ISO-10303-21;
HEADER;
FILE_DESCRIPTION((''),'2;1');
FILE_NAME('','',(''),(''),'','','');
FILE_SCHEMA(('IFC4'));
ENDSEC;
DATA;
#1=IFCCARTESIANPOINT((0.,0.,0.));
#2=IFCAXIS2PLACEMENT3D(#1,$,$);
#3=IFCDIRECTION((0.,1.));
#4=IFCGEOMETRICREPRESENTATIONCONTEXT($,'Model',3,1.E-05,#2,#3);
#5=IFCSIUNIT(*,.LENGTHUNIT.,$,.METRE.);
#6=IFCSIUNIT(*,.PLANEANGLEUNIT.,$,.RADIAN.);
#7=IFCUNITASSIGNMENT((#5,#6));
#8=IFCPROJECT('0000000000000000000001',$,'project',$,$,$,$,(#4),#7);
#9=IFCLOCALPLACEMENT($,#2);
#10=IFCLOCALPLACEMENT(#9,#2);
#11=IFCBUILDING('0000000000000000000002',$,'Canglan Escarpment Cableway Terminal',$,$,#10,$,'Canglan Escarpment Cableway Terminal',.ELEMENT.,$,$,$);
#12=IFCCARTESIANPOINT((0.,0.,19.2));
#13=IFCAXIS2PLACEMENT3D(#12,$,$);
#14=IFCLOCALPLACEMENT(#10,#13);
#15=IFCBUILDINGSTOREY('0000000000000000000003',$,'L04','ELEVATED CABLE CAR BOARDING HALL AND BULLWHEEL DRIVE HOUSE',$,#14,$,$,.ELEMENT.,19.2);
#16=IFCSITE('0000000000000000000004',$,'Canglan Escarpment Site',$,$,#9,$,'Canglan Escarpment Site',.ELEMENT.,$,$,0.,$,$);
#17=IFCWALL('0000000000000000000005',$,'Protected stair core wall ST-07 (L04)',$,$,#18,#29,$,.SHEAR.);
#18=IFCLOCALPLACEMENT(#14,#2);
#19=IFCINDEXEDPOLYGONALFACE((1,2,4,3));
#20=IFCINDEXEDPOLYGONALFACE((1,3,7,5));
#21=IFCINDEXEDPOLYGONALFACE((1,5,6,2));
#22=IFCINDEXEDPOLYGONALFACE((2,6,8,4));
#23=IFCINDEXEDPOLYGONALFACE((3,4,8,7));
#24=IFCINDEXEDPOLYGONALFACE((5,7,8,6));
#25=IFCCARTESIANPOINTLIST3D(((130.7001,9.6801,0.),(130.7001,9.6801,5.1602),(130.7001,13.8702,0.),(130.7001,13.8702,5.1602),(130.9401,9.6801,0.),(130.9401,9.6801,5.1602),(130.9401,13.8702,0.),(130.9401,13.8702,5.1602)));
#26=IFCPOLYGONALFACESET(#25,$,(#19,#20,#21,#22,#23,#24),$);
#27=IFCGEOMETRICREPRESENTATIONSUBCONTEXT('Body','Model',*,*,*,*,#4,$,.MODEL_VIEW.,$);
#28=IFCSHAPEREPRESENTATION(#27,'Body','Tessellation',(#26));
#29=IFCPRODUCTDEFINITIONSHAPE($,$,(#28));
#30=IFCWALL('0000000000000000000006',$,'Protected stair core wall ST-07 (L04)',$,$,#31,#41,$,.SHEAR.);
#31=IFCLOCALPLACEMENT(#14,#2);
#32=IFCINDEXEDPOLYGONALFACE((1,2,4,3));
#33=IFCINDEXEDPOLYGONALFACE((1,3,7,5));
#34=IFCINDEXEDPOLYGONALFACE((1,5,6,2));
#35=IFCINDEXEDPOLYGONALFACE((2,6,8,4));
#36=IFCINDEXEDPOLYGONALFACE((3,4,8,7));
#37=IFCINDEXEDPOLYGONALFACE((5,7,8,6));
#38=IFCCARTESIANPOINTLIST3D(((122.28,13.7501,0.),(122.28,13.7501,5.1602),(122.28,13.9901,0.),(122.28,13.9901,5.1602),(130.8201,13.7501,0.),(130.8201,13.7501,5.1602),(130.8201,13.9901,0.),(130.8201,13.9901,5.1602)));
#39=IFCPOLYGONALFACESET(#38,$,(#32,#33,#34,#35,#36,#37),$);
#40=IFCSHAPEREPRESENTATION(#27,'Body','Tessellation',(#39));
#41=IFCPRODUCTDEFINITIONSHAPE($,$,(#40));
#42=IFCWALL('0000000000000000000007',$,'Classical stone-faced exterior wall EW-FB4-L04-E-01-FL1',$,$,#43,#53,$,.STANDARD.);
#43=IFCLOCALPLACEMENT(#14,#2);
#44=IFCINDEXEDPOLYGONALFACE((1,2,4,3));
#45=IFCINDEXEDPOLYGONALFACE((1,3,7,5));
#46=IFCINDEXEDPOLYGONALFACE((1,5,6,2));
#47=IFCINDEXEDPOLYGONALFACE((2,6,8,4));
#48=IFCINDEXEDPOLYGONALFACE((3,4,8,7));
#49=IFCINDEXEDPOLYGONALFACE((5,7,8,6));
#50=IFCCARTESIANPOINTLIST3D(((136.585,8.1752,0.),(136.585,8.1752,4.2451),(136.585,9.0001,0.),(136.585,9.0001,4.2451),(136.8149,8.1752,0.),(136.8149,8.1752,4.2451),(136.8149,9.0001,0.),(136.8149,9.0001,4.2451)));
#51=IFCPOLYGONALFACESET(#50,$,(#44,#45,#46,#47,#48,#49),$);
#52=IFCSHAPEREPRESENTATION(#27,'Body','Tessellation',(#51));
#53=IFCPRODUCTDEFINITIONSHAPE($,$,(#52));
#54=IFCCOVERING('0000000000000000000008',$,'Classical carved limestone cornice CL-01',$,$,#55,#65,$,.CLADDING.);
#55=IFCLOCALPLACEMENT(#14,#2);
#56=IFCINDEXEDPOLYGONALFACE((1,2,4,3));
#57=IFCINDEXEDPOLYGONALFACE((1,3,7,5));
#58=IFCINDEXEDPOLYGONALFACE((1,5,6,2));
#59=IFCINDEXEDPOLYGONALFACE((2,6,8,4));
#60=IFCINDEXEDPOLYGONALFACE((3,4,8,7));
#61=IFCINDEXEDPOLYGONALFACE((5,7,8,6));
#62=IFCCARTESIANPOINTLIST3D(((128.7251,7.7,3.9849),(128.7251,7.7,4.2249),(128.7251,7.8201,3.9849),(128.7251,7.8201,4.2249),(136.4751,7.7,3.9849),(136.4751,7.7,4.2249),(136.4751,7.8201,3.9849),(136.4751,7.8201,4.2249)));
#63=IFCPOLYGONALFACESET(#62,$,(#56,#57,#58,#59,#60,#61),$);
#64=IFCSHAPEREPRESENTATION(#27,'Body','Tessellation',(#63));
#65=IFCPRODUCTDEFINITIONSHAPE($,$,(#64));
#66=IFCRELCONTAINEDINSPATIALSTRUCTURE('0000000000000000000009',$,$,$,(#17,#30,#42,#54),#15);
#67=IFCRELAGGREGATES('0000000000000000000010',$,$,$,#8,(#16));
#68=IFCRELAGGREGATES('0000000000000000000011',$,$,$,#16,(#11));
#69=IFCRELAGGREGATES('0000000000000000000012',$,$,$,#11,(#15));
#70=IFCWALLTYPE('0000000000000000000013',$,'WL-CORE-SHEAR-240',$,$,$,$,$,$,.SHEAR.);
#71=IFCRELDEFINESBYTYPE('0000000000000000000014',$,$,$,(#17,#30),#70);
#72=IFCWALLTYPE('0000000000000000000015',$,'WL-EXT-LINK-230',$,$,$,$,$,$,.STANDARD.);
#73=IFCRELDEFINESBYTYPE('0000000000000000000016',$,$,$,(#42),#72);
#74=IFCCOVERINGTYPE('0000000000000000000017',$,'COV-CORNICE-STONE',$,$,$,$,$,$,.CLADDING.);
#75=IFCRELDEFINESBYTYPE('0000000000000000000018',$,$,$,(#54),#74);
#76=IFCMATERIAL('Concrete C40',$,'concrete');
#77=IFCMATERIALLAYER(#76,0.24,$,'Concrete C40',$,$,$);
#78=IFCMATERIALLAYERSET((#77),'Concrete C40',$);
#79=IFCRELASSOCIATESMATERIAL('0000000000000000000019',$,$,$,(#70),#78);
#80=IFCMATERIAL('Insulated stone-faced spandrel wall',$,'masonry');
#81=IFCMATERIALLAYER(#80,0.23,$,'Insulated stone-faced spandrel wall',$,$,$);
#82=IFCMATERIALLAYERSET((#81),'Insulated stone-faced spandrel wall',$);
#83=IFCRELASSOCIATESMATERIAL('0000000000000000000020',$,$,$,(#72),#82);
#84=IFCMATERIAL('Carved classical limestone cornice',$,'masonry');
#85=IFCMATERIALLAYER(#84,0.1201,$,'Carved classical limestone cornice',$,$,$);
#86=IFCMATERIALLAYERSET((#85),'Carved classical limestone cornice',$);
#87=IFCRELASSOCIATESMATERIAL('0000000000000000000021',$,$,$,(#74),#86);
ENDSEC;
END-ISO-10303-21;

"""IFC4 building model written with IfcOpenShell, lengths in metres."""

from ifc_helpers import new_model, si_unit, direction, frame, frame_2d, origin, origin_2d, place, context, subcontext, project, spatial, rectangle, extrude, material, layer, layer_set, type_object, element, save


model = new_model("IFC4")

# Units and contexts
model_context = context("Model", 3, precision=1e-05, world=origin(), true_north=direction((0.0, 1.0)))
body_context = subcontext(model_context, "Body", "Model", "MODEL_VIEW")
ifc_project = project(units=[si_unit("LENGTHUNIT", "METRE"), si_unit("PLANEANGLEUNIT", "RADIAN")], contexts=[model_context])

# Site, building, storey
site_placement = place(None, origin())
site = spatial("IfcSite", under=ifc_project, at=site_placement, Name="Canglan Escarpment Site", LongName="Canglan Escarpment Site", CompositionType="ELEMENT", RefElevation=0.0)
building_placement = place(site_placement, origin())
building = spatial("IfcBuilding", under=site, at=building_placement, Name="Canglan Escarpment Cableway Terminal", LongName="Canglan Escarpment Cableway Terminal", CompositionType="ELEMENT")
storey_placement = place(building_placement, frame((0.0, 0.0, 19.2)))
storey = spatial("IfcBuildingStorey", under=building, at=storey_placement, Name="L04", Description="ELEVATED CABLE CAR BOARDING HALL AND BULLWHEEL DRIVE HOUSE", CompositionType="ELEMENT", Elevation=19.2)

# Shared definitions
ifc_material_1 = material(Name="Concrete C40", Category="concrete")

# Walls
ifc_layer_1 = layer(ifc_material_1, 0.24, Name="Concrete C40")
ifc_layer_set_1 = layer_set([ifc_layer_1], Name="Concrete C40")
wall_type_1 = type_object("IfcWallType", Name="WL-CORE-SHEAR-240", PredefinedType="SHEAR", material=ifc_layer_set_1)
wall_1_placement = place(storey_placement, frame((130.8201, 9.6799, 0.0), z_axis=(0.0, 0.0, 1.0), x_axis=(0.0, 1.0, 0.0)))
element("IfcWall", 1, at=wall_1_placement, inside=storey, type_object=wall_type_1, Name="Protected stair core wall ST-07 (L04)", PredefinedType="SHEAR", context=body_context, shape_type="SweptSolid", body=[
    extrude(rectangle(XDim=4.1902, YDim=0.24, at=frame_2d((2.0952, 0.0))), origin(), (0.0, 0.0, 1.0), 5.1602),
])
wall_2_placement = place(storey_placement, frame((130.8201, 13.8701, 0.0), z_axis=(0.0, 0.0, 1.0), x_axis=(-1.0, 0.0, 0.0)))
element("IfcWall", 2, at=wall_2_placement, inside=storey, type_object=wall_type_1, Name="Protected stair core wall ST-07 (L04)", PredefinedType="SHEAR", context=body_context, shape_type="SweptSolid", body=[
    extrude(rectangle(XDim=8.54, YDim=0.24, at=frame_2d((4.27, 0.0))), origin(), (0.0, 0.0, 1.0), 5.1602),
])
ifc_material_2 = material(Name="Insulated stone-faced spandrel wall", Category="masonry")
ifc_layer_2 = layer(ifc_material_2, 0.23, Name="Insulated stone-faced spandrel wall")
ifc_layer_set_2 = layer_set([ifc_layer_2], Name="Insulated stone-faced spandrel wall")
wall_type_2 = type_object("IfcWallType", Name="WL-EXT-LINK-230", PredefinedType="STANDARD", material=ifc_layer_set_2)
wall_3_placement = place(storey_placement, frame((136.7, 8.175, 0.0), z_axis=(0.0, 0.0, 1.0), x_axis=(0.0, 1.0, 0.0)))
element("IfcWall", 3, at=wall_3_placement, inside=storey, type_object=wall_type_2, Name="Classical stone-faced exterior wall EW-FB4-L04-E-01-FL1", PredefinedType="STANDARD", context=body_context, shape_type="SweptSolid", body=[
    extrude(rectangle(XDim=0.825, YDim=0.23, at=frame_2d((0.4126, 0.0))), origin(), (0.0, 0.0, 1.0), 4.2451),
])

# Covering
ifc_material_3 = material(Name="Carved classical limestone cornice", Category="masonry")
ifc_layer_3 = layer(ifc_material_3, 0.1201, Name="Carved classical limestone cornice")
ifc_layer_set_3 = layer_set([ifc_layer_3], Name="Carved classical limestone cornice")
covering_type = type_object("IfcCoveringType", Name="COV-CORNICE-STONE", PredefinedType="CLADDING", material=ifc_layer_set_3)
covering_placement = place(storey_placement, frame((132.6001, 7.76, 3.9849), z_axis=(0.0, 0.0, 1.0), x_axis=(1.0, 0.0, 0.0)))
element("IfcCovering", 4, at=covering_placement, inside=storey, type_object=covering_type, Name="Classical carved limestone cornice CL-01", PredefinedType="CLADDING", context=body_context, shape_type="SweptSolid", body=[
    extrude(rectangle(XDim=7.75, YDim=0.1201, at=origin_2d()), origin(), (0.0, 0.0, 1.0), 0.24),
])

save(model, "model.ifc")
